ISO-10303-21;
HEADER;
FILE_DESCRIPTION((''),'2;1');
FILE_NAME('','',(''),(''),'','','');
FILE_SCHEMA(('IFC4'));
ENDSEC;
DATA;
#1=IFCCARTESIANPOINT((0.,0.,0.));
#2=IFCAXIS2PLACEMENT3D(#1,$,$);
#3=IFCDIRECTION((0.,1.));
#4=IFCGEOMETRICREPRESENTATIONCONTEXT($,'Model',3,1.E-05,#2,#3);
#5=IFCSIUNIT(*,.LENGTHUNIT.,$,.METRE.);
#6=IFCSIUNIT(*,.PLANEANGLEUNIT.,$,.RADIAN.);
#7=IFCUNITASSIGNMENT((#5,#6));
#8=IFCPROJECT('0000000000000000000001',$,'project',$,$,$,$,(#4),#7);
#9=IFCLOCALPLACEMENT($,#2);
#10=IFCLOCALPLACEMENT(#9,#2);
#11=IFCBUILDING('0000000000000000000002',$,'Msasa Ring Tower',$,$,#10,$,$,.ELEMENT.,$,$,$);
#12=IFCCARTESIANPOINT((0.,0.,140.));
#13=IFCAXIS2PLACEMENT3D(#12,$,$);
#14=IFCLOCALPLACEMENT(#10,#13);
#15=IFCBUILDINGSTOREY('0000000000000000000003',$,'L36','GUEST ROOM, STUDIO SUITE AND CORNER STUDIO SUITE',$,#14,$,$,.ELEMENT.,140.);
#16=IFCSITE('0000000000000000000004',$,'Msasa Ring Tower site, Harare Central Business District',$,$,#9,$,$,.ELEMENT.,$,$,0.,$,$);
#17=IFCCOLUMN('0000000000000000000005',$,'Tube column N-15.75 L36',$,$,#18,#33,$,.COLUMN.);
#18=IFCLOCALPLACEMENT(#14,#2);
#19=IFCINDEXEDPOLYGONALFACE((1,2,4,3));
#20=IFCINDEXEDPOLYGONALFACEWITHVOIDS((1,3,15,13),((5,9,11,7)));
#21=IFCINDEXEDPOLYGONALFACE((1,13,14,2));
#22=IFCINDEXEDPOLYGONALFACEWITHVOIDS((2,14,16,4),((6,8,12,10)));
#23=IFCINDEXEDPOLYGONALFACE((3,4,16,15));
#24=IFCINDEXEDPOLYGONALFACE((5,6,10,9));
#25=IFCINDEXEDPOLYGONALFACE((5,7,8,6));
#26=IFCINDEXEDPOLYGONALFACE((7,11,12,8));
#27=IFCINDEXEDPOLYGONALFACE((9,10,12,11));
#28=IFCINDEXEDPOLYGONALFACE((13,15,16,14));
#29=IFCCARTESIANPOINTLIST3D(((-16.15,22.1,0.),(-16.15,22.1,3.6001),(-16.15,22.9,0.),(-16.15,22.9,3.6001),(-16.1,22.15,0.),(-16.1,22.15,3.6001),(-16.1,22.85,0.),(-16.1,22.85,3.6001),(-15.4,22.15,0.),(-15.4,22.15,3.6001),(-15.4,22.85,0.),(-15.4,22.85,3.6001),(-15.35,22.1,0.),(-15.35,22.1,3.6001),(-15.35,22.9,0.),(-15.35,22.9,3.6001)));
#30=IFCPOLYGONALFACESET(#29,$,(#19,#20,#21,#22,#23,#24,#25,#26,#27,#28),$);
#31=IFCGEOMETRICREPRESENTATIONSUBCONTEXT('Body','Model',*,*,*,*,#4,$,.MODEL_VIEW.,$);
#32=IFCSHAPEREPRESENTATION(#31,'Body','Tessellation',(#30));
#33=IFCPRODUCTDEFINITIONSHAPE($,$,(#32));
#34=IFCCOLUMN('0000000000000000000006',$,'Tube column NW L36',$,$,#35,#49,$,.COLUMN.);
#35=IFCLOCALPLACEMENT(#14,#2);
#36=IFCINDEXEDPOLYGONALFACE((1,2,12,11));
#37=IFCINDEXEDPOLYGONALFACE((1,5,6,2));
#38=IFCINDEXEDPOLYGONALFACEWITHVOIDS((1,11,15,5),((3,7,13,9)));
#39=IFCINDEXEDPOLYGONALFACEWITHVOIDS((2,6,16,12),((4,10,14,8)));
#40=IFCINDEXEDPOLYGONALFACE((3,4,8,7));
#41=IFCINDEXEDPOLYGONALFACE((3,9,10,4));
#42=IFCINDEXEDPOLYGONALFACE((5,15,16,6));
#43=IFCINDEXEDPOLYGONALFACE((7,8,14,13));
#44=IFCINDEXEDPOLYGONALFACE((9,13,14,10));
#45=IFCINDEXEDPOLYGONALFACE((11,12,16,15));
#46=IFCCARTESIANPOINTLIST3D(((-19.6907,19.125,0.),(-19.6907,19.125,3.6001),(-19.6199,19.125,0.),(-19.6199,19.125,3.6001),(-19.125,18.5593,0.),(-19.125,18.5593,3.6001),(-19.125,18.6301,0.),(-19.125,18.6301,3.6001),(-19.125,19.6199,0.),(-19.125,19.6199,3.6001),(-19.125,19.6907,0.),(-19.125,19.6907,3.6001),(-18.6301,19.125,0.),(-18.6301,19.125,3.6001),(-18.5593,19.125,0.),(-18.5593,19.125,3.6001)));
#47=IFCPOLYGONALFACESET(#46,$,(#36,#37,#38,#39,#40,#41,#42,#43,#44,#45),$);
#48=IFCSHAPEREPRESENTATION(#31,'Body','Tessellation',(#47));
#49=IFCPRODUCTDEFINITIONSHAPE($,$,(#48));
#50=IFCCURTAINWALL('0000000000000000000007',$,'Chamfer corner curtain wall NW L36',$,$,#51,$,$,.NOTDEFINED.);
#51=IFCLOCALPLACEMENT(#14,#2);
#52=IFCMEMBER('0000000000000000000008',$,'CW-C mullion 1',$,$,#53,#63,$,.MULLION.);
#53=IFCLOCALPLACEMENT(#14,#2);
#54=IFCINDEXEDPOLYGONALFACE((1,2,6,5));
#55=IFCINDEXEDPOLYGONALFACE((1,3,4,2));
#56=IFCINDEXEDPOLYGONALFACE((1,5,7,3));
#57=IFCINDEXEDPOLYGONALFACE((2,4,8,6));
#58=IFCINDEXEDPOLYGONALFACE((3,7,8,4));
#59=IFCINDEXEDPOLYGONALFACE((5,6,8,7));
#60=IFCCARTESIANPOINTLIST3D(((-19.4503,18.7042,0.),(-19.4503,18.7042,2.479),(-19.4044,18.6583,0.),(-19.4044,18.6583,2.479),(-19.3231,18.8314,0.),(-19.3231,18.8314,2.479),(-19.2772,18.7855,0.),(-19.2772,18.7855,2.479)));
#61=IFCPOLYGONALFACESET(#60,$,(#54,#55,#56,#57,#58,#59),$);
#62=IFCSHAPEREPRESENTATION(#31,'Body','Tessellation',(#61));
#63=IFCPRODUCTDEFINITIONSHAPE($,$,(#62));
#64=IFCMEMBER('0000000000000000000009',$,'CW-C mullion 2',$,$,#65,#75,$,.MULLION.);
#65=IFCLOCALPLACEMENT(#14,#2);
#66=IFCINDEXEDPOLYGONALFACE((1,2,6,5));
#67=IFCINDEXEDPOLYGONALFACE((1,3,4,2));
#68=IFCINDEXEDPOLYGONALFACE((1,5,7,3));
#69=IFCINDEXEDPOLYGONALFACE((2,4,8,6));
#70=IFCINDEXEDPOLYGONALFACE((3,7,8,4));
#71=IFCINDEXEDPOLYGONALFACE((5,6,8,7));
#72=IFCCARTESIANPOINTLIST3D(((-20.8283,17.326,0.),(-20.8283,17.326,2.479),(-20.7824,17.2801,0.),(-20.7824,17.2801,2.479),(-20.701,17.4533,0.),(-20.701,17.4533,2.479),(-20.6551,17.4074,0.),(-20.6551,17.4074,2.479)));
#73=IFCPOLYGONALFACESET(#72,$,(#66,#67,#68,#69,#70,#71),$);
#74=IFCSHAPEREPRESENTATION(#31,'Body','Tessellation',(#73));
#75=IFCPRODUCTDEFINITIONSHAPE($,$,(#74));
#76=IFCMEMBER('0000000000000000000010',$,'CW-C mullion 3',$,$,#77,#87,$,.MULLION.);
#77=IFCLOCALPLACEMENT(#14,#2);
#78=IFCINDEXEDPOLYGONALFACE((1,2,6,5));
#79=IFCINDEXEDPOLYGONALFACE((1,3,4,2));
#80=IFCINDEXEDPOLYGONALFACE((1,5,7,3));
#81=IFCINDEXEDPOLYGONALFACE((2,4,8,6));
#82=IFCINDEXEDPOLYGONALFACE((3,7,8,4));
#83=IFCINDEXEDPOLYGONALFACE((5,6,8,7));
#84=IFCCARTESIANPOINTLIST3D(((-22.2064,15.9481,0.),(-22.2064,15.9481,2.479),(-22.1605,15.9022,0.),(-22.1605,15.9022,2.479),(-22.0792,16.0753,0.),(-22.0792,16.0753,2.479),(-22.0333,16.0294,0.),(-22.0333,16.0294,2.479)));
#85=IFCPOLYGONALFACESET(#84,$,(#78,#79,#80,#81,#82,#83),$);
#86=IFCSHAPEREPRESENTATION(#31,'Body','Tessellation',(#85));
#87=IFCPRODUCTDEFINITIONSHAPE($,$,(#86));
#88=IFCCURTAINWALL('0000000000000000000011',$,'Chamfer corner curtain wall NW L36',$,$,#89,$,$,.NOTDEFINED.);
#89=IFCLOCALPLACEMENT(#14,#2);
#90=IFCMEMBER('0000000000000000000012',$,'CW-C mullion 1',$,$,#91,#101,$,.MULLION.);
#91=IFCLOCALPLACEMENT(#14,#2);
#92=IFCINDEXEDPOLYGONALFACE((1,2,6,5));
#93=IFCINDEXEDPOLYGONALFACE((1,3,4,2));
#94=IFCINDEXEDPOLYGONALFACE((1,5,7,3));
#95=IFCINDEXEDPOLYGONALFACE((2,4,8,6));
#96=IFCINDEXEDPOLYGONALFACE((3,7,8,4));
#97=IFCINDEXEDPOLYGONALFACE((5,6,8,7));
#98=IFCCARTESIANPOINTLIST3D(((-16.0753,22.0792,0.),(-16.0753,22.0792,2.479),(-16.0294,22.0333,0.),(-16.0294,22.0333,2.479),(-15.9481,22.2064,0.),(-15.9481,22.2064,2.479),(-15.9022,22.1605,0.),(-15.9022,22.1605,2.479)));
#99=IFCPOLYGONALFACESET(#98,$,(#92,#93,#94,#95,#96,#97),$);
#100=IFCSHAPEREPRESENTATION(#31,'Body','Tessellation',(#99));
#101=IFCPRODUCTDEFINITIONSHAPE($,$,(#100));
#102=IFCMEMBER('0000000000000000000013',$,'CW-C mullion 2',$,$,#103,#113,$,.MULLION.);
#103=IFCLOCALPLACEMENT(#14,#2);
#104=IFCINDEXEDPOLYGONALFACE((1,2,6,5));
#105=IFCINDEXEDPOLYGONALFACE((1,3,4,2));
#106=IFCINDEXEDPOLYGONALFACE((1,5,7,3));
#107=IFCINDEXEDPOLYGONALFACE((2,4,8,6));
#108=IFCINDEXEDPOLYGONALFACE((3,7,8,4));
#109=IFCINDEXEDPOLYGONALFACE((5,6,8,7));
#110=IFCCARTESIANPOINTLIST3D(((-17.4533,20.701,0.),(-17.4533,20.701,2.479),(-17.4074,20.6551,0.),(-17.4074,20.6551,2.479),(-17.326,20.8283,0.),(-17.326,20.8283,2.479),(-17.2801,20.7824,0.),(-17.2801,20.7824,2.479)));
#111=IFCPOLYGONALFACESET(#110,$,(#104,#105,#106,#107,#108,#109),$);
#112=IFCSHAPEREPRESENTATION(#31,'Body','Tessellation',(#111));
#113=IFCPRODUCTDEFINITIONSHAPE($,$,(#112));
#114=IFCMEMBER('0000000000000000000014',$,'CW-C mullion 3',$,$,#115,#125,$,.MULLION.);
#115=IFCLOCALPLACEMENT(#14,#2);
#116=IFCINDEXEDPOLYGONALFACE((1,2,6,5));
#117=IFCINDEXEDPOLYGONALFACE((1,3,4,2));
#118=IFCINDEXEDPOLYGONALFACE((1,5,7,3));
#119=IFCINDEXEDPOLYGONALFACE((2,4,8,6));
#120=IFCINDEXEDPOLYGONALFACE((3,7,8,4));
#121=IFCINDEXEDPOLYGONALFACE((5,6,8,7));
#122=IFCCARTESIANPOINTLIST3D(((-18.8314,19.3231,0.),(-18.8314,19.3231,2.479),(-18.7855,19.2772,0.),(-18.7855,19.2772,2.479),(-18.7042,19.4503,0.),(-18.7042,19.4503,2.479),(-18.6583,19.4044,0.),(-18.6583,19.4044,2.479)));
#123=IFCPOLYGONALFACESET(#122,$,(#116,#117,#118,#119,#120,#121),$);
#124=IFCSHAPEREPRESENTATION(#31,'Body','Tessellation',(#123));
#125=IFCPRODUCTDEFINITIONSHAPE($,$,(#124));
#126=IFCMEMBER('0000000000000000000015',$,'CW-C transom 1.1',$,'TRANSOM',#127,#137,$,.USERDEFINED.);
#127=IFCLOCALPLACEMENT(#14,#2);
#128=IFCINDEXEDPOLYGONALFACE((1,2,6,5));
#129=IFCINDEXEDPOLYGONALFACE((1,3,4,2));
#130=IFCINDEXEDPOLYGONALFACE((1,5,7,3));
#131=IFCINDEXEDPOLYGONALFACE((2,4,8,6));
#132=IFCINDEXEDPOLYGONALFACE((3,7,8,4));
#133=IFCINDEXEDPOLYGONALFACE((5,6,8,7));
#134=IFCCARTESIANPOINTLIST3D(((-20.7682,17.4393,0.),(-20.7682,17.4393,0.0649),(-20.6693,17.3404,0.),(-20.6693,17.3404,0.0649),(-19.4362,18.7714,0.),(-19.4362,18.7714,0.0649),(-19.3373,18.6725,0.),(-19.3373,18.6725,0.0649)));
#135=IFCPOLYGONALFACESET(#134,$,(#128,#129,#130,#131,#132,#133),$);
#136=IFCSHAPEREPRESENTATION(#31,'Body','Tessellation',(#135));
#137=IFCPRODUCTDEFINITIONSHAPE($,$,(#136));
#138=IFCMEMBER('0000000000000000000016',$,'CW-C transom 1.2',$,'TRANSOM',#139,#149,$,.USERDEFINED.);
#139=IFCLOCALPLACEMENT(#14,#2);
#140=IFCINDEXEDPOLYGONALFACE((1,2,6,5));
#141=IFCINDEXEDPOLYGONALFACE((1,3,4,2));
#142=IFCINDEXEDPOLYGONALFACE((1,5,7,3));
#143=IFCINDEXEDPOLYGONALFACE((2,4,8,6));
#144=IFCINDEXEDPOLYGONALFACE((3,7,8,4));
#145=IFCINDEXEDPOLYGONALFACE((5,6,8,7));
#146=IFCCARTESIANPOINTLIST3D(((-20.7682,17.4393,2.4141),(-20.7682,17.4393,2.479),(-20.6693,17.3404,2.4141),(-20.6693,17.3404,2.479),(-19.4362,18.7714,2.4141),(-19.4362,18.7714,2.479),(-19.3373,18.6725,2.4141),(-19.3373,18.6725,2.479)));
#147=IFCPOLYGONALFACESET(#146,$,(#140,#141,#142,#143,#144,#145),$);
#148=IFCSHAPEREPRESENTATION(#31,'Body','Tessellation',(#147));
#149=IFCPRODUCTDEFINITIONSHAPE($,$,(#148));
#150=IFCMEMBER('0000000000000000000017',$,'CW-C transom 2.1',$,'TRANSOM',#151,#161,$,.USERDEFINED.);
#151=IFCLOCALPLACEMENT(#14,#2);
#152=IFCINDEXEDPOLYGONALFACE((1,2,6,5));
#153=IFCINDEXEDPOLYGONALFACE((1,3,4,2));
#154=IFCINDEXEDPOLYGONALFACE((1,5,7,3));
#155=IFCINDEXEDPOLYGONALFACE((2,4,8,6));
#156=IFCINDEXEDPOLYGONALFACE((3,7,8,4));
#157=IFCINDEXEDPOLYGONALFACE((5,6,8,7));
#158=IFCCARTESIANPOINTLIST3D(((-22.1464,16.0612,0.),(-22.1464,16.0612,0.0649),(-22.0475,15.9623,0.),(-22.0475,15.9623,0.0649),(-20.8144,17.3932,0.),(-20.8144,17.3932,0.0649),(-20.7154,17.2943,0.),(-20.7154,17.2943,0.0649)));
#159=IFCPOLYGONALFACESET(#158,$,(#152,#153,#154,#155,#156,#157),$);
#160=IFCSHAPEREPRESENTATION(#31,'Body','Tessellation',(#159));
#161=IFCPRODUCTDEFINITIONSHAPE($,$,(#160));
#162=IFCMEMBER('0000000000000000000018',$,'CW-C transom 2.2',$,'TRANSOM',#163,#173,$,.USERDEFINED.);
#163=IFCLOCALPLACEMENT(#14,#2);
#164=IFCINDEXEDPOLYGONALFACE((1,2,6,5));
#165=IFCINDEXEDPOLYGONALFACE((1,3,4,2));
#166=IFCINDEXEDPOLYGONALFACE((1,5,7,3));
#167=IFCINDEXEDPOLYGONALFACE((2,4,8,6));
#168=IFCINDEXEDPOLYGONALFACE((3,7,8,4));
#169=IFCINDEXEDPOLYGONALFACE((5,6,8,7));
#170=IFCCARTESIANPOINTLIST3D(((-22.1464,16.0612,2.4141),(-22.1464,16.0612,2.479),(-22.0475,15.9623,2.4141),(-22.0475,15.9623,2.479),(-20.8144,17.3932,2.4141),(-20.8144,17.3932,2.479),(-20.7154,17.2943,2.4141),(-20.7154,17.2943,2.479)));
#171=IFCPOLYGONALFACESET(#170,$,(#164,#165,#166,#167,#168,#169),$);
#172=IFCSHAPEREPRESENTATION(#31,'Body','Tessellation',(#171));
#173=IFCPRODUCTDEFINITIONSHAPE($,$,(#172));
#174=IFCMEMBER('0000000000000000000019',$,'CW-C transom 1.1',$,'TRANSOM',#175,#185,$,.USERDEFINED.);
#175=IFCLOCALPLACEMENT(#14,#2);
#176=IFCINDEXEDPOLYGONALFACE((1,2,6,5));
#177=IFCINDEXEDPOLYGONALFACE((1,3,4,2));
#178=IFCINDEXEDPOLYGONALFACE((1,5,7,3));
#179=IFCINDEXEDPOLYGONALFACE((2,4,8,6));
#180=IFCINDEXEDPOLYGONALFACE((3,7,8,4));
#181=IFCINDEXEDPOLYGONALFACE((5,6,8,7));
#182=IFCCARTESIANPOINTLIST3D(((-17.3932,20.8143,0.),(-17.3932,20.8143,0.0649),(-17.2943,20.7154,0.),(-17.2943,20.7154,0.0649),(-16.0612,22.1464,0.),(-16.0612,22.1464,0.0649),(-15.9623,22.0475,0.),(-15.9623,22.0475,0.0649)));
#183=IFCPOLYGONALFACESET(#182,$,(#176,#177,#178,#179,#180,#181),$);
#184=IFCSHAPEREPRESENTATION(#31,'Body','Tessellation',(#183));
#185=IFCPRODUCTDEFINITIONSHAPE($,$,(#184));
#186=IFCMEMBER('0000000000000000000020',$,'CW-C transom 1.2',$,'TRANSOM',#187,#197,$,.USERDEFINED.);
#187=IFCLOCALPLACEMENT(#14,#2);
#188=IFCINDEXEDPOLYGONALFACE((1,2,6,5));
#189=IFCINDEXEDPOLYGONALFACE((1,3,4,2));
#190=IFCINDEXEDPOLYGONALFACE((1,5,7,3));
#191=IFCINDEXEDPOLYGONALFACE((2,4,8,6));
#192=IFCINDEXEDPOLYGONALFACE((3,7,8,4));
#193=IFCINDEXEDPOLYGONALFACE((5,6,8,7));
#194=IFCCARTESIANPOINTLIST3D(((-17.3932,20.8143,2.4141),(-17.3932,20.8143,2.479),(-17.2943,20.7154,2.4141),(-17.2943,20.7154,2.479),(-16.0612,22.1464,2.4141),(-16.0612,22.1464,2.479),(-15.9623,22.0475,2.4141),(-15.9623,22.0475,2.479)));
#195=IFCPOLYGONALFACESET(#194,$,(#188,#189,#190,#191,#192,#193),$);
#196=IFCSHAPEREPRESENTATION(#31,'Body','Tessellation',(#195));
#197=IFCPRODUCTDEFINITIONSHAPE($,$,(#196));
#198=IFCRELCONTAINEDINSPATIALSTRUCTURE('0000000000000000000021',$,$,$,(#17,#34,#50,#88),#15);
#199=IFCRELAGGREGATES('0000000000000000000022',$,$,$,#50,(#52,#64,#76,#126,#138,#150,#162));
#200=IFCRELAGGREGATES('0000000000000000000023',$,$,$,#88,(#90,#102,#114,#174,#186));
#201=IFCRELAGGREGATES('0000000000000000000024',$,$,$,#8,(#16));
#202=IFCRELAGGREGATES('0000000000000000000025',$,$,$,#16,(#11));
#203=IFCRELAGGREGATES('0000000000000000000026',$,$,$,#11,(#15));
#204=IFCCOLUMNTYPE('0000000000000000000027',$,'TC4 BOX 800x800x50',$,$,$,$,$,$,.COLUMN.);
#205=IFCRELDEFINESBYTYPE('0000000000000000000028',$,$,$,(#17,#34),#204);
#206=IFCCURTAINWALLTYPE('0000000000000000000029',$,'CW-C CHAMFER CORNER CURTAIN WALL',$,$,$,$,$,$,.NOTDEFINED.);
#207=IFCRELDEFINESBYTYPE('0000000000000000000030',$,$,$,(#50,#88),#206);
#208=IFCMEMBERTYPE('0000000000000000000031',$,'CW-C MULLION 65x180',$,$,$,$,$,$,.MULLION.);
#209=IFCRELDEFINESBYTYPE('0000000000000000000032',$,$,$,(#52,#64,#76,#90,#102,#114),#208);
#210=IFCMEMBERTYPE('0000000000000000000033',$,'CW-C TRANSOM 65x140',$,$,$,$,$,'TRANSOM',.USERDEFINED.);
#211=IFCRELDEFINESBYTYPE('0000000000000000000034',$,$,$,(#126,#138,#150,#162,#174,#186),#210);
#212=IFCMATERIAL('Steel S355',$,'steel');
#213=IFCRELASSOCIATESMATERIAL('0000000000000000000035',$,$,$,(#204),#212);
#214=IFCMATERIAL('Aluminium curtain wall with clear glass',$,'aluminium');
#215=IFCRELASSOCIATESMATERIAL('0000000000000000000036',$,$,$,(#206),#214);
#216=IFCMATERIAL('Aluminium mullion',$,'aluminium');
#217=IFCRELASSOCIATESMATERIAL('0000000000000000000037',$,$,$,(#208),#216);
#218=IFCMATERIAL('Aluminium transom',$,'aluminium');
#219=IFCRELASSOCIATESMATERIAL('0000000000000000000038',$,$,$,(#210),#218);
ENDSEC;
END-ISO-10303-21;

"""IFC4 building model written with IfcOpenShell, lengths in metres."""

from ifc_helpers import new_model, si_unit, direction, frame, origin, origin_2d, place, context, subcontext, project, spatial, rectangle, hollow_rectangle, extrude, material, material_profile, profile_set, type_object, element, aggregate, save


model = new_model("IFC4")

# Units and contexts
model_context = context("Model", 3, precision=1e-05, world=origin(), true_north=direction((0.0, 1.0)))
body_context = subcontext(model_context, "Body", "Model", "MODEL_VIEW")
ifc_project = project(units=[si_unit("LENGTHUNIT", "METRE"), si_unit("PLANEANGLEUNIT", "RADIAN")], contexts=[model_context])

# Site, building, storey
site_placement = place(None, origin())
site = spatial("IfcSite", under=ifc_project, at=site_placement, Name="Msasa Ring Tower site, Harare Central Business District", CompositionType="ELEMENT", RefElevation=0.0)
building_placement = place(site_placement, origin())
building = spatial("IfcBuilding", under=site, at=building_placement, Name="Msasa Ring Tower", CompositionType="ELEMENT")
storey_placement = place(building_placement, frame((0.0, 0.0, 140.0)))
storey = spatial("IfcBuildingStorey", under=building, at=storey_placement, Name="L36", Description="GUEST ROOM, STUDIO SUITE AND CORNER STUDIO SUITE", CompositionType="ELEMENT", Elevation=140.0)

# Columns
ifc_material_1 = material(Name="Steel S355", Category="steel")
ifc_material_profile_1 = material_profile(ifc_material_1, hollow_rectangle(XDim=0.8, YDim=0.8, WallThickness=0.05, at=origin_2d()), Name="BOX 800x800x50")
ifc_profile_set_1 = profile_set([ifc_material_profile_1], Name="Steel S355")
column_type = type_object("IfcColumnType", Name="TC4 BOX 800x800x50", PredefinedType="COLUMN", material=ifc_profile_set_1)
for number, where, z_axis, x_axis, name in (
    (1, (-15.75, 22.5, 0.0), (0.0, 0.0, 1.0), (0.0, 1.0, 0.0), "Tube column N-15.75 L36"),
    (2, (-19.125, 19.125, 0.0), (0.0, 0.0, 1.0), (0.707107, -0.707107, 0.0), "Tube column NW L36"),
):
    element("IfcColumn", number, at=place(storey_placement, frame(where, z_axis=z_axis, x_axis=x_axis)), inside=storey, type_object=column_type, Name=name, PredefinedType="COLUMN", context=body_context, shape_type="SweptSolid", body=[
        extrude(hollow_rectangle(XDim=0.8, YDim=0.8, WallThickness=0.05, at=origin_2d()), origin(), (0.0, 0.0, 1.0), 3.6001),
    ])

# Curtain walls, members
ifc_material_2 = material(Name="Aluminium curtain wall with clear glass", Category="aluminium")
curtain_wall_type = type_object("IfcCurtainWallType", Name="CW-C CHAMFER CORNER CURTAIN WALL", PredefinedType="NOTDEFINED", material=ifc_material_2)
curtain_wall_1_placement = place(storey_placement, origin())
curtain_wall_1 = element("IfcCurtainWall", 3, at=curtain_wall_1_placement, inside=storey, type_object=curtain_wall_type, Name="Chamfer corner curtain wall NW L36", PredefinedType="NOTDEFINED")
ifc_material_3 = material(Name="Aluminium mullion", Category="aluminium")
ifc_material_profile_2 = material_profile(ifc_material_3, rectangle(XDim=0.0649, YDim=0.1799, at=origin_2d()), Name="AL 65x180")
ifc_profile_set_2 = profile_set([ifc_material_profile_2], Name="Aluminium mullion")
member_type_1 = type_object("IfcMemberType", Name="CW-C MULLION 65x180", PredefinedType="MULLION", material=ifc_profile_set_2)
member_1_placement = place(storey_placement, frame((-19.3638, 18.7449, 0.0), z_axis=(0.0, 0.0, 1.0), x_axis=(0.707107, -0.707107, 0.0)))
member_1 = element("IfcMember", 4, at=member_1_placement, type_object=member_type_1, Name="CW-C mullion 1", PredefinedType="MULLION", context=body_context, shape_type="SweptSolid", body=[
    extrude(rectangle(XDim=0.0649, YDim=0.1799, at=origin_2d()), origin(), (0.0, 0.0, 1.0), 2.479),
])
member_2_placement = place(storey_placement, frame((-20.7417, 17.3667, 0.0), z_axis=(0.0, 0.0, 1.0), x_axis=(0.707107, -0.707107, 0.0)))
member_2 = element("IfcMember", 5, at=member_2_placement, type_object=member_type_1, Name="CW-C mullion 2", PredefinedType="MULLION", context=body_context, shape_type="SweptSolid", body=[
    extrude(rectangle(XDim=0.0649, YDim=0.1799, at=origin_2d()), origin(), (0.0, 0.0, 1.0), 2.479),
])
member_3_placement = place(storey_placement, frame((-22.1199, 15.9888, 0.0), z_axis=(0.0, 0.0, 1.0), x_axis=(0.707107, -0.707107, 0.0)))
member_3 = element("IfcMember", 6, at=member_3_placement, type_object=member_type_1, Name="CW-C mullion 3", PredefinedType="MULLION", context=body_context, shape_type="SweptSolid", body=[
    extrude(rectangle(XDim=0.0649, YDim=0.1799, at=origin_2d()), origin(), (0.0, 0.0, 1.0), 2.479),
])
curtain_wall_2_placement = place(storey_placement, origin())
curtain_wall_2 = element("IfcCurtainWall", 7, at=curtain_wall_2_placement, inside=storey, type_object=curtain_wall_type, Name="Chamfer corner curtain wall NW L36", PredefinedType="NOTDEFINED")
member_4_placement = place(storey_placement, frame((-15.9888, 22.1199, 0.0), z_axis=(0.0, 0.0, 1.0), x_axis=(0.707107, -0.707107, 0.0)))
member_4 = element("IfcMember", 8, at=member_4_placement, type_object=member_type_1, Name="CW-C mullion 1", PredefinedType="MULLION", context=body_context, shape_type="SweptSolid", body=[
    extrude(rectangle(XDim=0.0649, YDim=0.1799, at=origin_2d()), origin(), (0.0, 0.0, 1.0), 2.479),
])
member_5_placement = place(storey_placement, frame((-17.3667, 20.7417, 0.0), z_axis=(0.0, 0.0, 1.0), x_axis=(0.707107, -0.707107, 0.0)))
member_5 = element("IfcMember", 9, at=member_5_placement, type_object=member_type_1, Name="CW-C mullion 2", PredefinedType="MULLION", context=body_context, shape_type="SweptSolid", body=[
    extrude(rectangle(XDim=0.0649, YDim=0.1799, at=origin_2d()), origin(), (0.0, 0.0, 1.0), 2.479),
])
member_6_placement = place(storey_placement, frame((-18.7449, 19.3638, 0.0), z_axis=(0.0, 0.0, 1.0), x_axis=(0.707107, -0.707107, 0.0)))
member_6 = element("IfcMember", 10, at=member_6_placement, type_object=member_type_1, Name="CW-C mullion 3", PredefinedType="MULLION", context=body_context, shape_type="SweptSolid", body=[
    extrude(rectangle(XDim=0.0649, YDim=0.1799, at=origin_2d()), origin(), (0.0, 0.0, 1.0), 2.479),
])

# Members
ifc_material_4 = material(Name="Aluminium transom", Category="aluminium")
ifc_material_profile_3 = material_profile(ifc_material_4, rectangle(XDim=0.1399, YDim=0.0649, at=origin_2d()), Name="AL 65x140")
ifc_profile_set_3 = profile_set([ifc_material_profile_3], Name="Aluminium transom")
member_type_2 = type_object("IfcMemberType", Name="CW-C TRANSOM 65x140", ElementType="TRANSOM", PredefinedType="USERDEFINED", material=ifc_profile_set_3)
member_7_placement = place(storey_placement, frame((-19.3867, 18.7219, 0.0325), z_axis=(-0.707107, -0.707107, 0.0), x_axis=(0.707107, -0.707107, 0.0)))
member_7 = element("IfcMember", 11, at=member_7_placement, type_object=member_type_2, Name="CW-C transom 1.1", ObjectType="TRANSOM", PredefinedType="USERDEFINED", context=body_context, shape_type="SweptSolid", body=[
    extrude(rectangle(XDim=0.1399, YDim=0.0649, at=origin_2d()), origin(), (0.0, 0.0, 1.0), 1.8838),
])
member_8_placement = place(storey_placement, frame((-19.3867, 18.7219, 2.4465), z_axis=(-0.707107, -0.707107, 0.0), x_axis=(0.707107, -0.707107, 0.0)))
member_8 = element("IfcMember", 12, at=member_8_placement, type_object=member_type_2, Name="CW-C transom 1.2", ObjectType="TRANSOM", PredefinedType="USERDEFINED", context=body_context, shape_type="SweptSolid", body=[
    extrude(rectangle(XDim=0.1399, YDim=0.0649, at=origin_2d()), origin(), (0.0, 0.0, 1.0), 1.8838),
])
member_9_placement = place(storey_placement, frame((-20.7649, 17.3438, 0.0325), z_axis=(-0.707107, -0.707107, 0.0), x_axis=(0.707107, -0.707107, 0.0)))
member_9 = element("IfcMember", 13, at=member_9_placement, type_object=member_type_2, Name="CW-C transom 2.1", ObjectType="TRANSOM", PredefinedType="USERDEFINED", context=body_context, shape_type="SweptSolid", body=[
    extrude(rectangle(XDim=0.1399, YDim=0.0649, at=origin_2d()), origin(), (0.0, 0.0, 1.0), 1.8838),
])
member_10_placement = place(storey_placement, frame((-20.7649, 17.3438, 2.4465), z_axis=(-0.707107, -0.707107, 0.0), x_axis=(0.707107, -0.707107, 0.0)))
member_10 = element("IfcMember", 14, at=member_10_placement, type_object=member_type_2, Name="CW-C transom 2.2", ObjectType="TRANSOM", PredefinedType="USERDEFINED", context=body_context, shape_type="SweptSolid", body=[
    extrude(rectangle(XDim=0.1399, YDim=0.0649, at=origin_2d()), origin(), (0.0, 0.0, 1.0), 1.8838),
])
member_11_placement = place(storey_placement, frame((-16.0117, 22.0969, 0.0325), z_axis=(-0.707107, -0.707107, 0.0), x_axis=(0.707107, -0.707107, 0.0)))
member_11 = element("IfcMember", 15, at=member_11_placement, type_object=member_type_2, Name="CW-C transom 1.1", ObjectType="TRANSOM", PredefinedType="USERDEFINED", context=body_context, shape_type="SweptSolid", body=[
    extrude(rectangle(XDim=0.1399, YDim=0.0649, at=origin_2d()), origin(), (0.0, 0.0, 1.0), 1.8838),
])
member_12_placement = place(storey_placement, frame((-16.0117, 22.0969, 2.4465), z_axis=(-0.707107, -0.707107, 0.0), x_axis=(0.707107, -0.707107, 0.0)))
member_12 = element("IfcMember", 16, at=member_12_placement, type_object=member_type_2, Name="CW-C transom 1.2", ObjectType="TRANSOM", PredefinedType="USERDEFINED", context=body_context, shape_type="SweptSolid", body=[
    extrude(rectangle(XDim=0.1399, YDim=0.0649, at=origin_2d()), origin(), (0.0, 0.0, 1.0), 1.8838),
])

aggregate(curtain_wall_1, [member_1, member_2, member_3, member_7, member_8, member_9, member_10])
aggregate(curtain_wall_2, [member_4, member_5, member_6, member_11, member_12])

save(model, "model.ifc")
